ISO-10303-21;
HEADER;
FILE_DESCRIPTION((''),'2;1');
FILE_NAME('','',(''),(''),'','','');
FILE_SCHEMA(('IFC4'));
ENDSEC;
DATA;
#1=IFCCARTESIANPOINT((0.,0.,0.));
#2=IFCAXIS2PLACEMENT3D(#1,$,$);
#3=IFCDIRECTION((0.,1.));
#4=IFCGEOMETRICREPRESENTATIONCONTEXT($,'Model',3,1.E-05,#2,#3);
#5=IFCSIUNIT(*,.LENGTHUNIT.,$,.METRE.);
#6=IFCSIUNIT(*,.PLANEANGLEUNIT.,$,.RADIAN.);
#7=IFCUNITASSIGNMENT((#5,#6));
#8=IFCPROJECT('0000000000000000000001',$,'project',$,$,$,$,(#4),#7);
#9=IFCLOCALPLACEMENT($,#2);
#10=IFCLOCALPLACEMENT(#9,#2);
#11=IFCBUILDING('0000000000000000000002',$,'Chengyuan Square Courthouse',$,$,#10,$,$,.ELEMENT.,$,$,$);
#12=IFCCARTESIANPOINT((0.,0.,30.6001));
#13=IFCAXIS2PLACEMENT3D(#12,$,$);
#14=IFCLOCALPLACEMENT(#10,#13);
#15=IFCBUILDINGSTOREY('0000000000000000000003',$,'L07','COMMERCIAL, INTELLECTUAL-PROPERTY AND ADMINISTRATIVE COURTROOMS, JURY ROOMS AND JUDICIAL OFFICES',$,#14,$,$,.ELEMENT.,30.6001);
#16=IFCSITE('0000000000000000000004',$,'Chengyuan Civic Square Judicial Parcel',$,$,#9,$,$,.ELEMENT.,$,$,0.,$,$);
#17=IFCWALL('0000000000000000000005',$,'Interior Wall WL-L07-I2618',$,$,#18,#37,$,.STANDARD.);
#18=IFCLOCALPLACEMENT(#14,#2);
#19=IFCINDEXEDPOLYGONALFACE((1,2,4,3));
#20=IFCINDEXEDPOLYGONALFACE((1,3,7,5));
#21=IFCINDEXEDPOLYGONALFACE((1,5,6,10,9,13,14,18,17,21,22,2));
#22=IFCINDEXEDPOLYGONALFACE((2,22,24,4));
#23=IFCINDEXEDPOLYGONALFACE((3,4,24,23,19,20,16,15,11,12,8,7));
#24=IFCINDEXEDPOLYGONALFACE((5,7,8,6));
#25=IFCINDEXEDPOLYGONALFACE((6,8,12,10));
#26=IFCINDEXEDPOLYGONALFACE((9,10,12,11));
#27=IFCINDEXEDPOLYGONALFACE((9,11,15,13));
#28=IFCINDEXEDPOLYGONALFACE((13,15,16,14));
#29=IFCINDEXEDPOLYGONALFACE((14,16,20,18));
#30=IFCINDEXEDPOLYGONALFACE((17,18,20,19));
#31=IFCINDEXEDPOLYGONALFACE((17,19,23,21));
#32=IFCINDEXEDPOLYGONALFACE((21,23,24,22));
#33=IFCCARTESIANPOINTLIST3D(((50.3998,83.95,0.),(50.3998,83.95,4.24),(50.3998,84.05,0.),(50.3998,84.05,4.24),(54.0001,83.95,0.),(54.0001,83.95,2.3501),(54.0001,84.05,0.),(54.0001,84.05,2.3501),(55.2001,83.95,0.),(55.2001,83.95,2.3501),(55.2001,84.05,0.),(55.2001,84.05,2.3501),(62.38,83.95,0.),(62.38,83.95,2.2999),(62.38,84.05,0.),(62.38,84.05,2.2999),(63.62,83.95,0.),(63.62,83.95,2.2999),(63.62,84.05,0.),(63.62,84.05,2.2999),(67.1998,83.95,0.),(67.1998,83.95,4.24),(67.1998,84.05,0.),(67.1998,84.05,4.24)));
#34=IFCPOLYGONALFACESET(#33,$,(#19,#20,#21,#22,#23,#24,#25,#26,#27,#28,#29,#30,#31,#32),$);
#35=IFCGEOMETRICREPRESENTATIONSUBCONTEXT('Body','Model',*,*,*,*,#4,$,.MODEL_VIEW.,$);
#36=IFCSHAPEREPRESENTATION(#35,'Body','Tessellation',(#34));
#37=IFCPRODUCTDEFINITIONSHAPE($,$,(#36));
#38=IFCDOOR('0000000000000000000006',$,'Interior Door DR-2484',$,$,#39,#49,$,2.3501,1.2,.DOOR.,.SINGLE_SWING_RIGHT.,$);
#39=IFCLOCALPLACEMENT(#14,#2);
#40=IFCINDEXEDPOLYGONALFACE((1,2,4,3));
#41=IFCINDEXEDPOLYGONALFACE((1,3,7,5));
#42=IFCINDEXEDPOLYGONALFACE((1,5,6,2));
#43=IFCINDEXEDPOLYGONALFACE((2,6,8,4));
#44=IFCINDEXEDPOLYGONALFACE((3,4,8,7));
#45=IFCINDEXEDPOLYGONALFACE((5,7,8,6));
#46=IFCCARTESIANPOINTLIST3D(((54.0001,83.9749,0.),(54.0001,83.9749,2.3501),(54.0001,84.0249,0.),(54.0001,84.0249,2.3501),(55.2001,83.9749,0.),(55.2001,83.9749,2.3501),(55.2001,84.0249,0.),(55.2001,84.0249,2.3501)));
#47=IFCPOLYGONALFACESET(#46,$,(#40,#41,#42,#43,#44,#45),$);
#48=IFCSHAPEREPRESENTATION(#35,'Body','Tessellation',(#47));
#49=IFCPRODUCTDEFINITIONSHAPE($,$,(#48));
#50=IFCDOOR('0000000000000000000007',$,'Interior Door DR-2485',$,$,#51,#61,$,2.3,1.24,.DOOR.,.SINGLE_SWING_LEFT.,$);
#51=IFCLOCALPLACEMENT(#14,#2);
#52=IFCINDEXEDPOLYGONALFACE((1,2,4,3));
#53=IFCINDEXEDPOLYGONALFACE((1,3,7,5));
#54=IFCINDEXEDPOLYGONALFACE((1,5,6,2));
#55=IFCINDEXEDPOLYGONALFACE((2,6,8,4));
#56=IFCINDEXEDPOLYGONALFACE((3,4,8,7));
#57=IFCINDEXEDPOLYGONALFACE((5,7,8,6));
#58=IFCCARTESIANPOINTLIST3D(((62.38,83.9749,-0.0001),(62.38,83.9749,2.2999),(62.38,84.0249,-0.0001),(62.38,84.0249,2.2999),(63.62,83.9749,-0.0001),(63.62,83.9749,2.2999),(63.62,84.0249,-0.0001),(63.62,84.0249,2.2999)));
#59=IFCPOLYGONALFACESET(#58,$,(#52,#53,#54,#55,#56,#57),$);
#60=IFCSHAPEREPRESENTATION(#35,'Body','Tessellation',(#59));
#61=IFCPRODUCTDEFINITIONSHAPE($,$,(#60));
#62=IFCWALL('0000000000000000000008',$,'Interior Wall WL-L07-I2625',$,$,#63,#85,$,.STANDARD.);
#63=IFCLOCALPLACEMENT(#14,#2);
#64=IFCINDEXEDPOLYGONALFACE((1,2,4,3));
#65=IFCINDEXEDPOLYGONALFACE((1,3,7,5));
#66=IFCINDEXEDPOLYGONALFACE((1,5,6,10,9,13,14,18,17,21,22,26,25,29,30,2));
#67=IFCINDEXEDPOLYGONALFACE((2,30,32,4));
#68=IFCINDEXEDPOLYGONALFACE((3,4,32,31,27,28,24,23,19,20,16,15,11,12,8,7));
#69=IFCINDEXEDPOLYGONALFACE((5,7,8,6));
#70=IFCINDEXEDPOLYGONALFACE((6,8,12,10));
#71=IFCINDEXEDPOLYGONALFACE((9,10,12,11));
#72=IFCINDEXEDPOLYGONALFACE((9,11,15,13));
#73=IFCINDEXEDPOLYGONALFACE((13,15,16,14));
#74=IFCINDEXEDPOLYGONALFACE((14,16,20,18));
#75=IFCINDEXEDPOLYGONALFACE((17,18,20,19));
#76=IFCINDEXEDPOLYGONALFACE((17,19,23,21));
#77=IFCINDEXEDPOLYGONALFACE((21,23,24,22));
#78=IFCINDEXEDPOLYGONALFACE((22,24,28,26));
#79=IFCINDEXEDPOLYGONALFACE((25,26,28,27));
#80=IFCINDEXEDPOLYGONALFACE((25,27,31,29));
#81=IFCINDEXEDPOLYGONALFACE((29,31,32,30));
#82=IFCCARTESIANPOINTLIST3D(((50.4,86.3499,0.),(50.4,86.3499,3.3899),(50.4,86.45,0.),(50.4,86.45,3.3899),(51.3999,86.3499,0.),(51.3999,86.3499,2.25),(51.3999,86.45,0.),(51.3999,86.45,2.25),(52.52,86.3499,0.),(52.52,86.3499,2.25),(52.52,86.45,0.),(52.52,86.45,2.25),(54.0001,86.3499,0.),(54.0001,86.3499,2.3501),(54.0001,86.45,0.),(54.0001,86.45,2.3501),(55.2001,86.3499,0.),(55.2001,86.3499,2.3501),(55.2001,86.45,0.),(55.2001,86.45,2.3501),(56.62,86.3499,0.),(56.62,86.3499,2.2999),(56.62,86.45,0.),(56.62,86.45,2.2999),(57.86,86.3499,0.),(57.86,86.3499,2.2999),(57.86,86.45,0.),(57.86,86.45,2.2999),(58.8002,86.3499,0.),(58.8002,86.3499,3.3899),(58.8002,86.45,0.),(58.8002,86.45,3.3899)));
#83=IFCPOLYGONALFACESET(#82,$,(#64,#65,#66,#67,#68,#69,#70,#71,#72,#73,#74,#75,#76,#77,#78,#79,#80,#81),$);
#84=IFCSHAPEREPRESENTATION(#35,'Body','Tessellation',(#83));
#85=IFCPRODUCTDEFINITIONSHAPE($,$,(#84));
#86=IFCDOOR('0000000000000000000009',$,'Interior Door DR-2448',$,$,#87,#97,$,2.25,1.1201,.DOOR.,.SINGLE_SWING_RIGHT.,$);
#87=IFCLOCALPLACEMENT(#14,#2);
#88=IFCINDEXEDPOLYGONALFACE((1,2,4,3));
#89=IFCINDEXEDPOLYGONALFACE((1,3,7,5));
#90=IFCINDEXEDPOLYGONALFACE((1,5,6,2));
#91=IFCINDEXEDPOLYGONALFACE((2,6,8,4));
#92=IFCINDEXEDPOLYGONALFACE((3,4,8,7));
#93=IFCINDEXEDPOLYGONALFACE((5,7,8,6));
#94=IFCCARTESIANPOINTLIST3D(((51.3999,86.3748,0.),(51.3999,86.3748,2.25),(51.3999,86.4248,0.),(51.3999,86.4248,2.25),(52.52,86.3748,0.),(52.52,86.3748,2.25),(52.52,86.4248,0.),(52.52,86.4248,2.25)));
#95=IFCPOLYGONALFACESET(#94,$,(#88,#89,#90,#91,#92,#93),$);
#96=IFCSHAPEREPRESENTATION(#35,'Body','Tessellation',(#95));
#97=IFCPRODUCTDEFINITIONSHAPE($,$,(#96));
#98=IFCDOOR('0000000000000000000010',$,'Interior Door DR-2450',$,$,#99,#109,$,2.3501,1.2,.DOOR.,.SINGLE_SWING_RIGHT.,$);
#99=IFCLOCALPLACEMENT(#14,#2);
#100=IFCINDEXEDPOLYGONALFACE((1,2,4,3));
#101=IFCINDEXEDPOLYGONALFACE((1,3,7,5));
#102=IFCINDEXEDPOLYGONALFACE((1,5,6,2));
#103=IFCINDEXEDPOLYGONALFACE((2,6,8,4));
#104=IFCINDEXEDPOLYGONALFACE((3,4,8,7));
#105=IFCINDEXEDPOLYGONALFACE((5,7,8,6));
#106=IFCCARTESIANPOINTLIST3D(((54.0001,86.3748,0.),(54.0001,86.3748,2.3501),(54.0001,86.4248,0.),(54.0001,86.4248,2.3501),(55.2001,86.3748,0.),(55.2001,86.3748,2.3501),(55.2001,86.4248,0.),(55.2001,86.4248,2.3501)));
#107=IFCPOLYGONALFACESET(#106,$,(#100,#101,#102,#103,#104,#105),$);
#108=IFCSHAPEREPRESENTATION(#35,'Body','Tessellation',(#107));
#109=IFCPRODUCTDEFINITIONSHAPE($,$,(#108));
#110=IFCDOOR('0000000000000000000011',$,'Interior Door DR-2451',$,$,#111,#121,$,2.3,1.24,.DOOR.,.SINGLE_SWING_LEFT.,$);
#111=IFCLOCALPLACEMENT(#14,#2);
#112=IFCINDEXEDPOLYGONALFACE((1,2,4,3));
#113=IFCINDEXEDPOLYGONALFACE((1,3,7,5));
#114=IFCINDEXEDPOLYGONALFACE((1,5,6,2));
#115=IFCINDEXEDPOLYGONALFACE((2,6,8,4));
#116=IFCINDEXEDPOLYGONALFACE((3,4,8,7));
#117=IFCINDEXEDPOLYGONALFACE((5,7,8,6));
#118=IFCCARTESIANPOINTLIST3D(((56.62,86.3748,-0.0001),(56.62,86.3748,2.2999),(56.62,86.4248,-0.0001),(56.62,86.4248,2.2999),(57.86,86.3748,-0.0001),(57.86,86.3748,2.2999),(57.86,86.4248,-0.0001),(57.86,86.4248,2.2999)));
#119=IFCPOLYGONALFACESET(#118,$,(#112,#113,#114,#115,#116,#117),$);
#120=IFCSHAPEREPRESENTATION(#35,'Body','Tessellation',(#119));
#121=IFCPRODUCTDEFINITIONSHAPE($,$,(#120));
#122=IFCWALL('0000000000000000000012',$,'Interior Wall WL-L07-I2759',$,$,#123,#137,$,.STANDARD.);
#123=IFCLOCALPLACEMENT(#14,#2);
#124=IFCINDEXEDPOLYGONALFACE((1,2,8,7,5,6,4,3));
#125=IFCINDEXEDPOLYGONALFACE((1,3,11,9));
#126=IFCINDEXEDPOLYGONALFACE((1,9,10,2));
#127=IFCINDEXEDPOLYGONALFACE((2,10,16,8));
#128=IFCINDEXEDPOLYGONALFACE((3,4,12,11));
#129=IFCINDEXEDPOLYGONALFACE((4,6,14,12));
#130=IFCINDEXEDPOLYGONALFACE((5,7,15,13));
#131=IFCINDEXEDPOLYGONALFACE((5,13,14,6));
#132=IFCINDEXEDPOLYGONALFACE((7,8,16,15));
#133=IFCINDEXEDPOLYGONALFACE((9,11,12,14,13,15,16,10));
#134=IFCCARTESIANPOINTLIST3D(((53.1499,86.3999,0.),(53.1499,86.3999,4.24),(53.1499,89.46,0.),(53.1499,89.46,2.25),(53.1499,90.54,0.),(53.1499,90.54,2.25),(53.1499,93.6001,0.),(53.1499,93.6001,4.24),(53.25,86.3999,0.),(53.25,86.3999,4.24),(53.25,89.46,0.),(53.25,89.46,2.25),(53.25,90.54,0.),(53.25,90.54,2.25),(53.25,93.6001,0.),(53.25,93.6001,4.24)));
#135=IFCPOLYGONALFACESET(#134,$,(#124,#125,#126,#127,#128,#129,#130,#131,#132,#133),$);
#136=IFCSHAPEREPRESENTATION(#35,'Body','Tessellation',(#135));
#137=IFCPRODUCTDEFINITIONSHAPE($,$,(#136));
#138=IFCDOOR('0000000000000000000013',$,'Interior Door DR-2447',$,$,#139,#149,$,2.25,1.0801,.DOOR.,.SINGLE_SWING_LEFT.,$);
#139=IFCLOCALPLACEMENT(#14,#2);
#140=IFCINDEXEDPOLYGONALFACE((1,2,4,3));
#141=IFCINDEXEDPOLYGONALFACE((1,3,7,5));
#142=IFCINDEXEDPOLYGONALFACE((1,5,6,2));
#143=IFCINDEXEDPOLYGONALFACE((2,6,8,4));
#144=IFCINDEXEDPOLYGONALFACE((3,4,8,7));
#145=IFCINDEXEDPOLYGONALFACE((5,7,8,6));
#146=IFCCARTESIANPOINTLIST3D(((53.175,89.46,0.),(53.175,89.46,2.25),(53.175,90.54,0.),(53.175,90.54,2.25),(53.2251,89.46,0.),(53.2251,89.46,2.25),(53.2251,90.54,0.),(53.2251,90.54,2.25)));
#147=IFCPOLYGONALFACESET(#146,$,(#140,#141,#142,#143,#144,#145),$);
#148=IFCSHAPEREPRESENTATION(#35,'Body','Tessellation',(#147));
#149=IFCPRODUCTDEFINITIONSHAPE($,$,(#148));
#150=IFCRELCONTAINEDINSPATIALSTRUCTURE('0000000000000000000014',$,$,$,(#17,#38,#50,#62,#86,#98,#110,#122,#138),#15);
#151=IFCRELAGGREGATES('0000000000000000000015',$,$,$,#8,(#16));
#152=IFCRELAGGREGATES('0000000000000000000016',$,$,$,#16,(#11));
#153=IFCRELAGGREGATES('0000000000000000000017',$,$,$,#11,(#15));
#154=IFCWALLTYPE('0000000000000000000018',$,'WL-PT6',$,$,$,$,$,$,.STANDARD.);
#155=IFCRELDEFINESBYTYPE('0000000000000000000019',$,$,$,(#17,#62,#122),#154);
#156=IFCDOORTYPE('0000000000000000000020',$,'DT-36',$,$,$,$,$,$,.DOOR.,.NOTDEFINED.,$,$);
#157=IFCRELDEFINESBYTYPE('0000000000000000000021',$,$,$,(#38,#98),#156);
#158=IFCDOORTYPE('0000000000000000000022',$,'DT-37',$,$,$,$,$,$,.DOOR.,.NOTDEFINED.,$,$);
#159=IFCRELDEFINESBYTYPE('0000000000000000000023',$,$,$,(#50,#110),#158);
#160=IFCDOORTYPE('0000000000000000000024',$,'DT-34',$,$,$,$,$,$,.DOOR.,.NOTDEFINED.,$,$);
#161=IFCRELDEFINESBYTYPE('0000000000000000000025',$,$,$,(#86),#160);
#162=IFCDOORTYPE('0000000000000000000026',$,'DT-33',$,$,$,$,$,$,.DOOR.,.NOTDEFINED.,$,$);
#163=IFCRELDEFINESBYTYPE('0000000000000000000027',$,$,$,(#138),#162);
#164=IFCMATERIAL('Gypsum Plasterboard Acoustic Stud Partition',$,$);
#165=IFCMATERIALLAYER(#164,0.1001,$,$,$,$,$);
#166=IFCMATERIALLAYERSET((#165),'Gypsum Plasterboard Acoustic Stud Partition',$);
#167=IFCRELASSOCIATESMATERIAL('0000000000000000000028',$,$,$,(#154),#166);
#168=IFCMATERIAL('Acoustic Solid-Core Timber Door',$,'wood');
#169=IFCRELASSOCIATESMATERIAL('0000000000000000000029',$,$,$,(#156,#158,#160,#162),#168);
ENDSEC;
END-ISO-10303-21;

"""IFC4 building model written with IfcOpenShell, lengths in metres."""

from ifc_helpers import new_model, si_unit, direction, frame, frame_2d, origin, place, context, subcontext, project, spatial, rectangle, extrude, material, layer, layer_set, type_object, element, fill, save


model = new_model("IFC4")

# Units and contexts
model_context = context("Model", 3, precision=1e-05, world=origin(), true_north=direction((0.0, 1.0)))
body_context = subcontext(model_context, "Body", "Model", "MODEL_VIEW")
ifc_project = project(units=[si_unit("LENGTHUNIT", "METRE"), si_unit("PLANEANGLEUNIT", "RADIAN")], contexts=[model_context])

# Site, building, storey
site_placement = place(None, origin())
site = spatial("IfcSite", under=ifc_project, at=site_placement, Name="Chengyuan Civic Square Judicial Parcel", CompositionType="ELEMENT", RefElevation=0.0)
building_placement = place(site_placement, origin())
building = spatial("IfcBuilding", under=site, at=building_placement, Name="Chengyuan Square Courthouse", CompositionType="ELEMENT")
storey_placement = place(building_placement, frame((0.0, 0.0, 30.6001)))
storey = spatial("IfcBuildingStorey", under=building, at=storey_placement, Name="L07", Description="COMMERCIAL, INTELLECTUAL-PROPERTY AND ADMINISTRATIVE COURTROOMS, JURY ROOMS AND JUDICIAL OFFICES", CompositionType="ELEMENT", Elevation=30.6001)

# Walls, openings, doors
ifc_material_1 = material(Name="Gypsum Plasterboard Acoustic Stud Partition")
ifc_layer_1 = layer(ifc_material_1, 0.1001)
ifc_layer_set_1 = layer_set([ifc_layer_1], Name="Gypsum Plasterboard Acoustic Stud Partition")
wall_type_1 = type_object("IfcWallType", Name="WL-PT6", PredefinedType="STANDARD", material=ifc_layer_set_1)
wall_1_placement = place(storey_placement, frame((50.3999, 84.0, 0.0), z_axis=(0.0, 0.0, 1.0), x_axis=(1.0, 0.0, 0.0)))
wall_1 = element("IfcWall", 1, at=wall_1_placement, inside=storey, type_object=wall_type_1, Name="Interior Wall WL-L07-I2618", PredefinedType="STANDARD", context=body_context, shape_type="SweptSolid", body=[
    extrude(rectangle(XDim=16.8, YDim=0.1001, at=frame_2d((8.3999, 0.0))), origin(), (0.0, 0.0, 1.0), 4.24),
])
opening_1_placement = place(wall_1_placement, frame((3.6001, 0.0, 0.0)))
opening_1 = element("IfcOpeningElement", 2, at=opening_1_placement, cuts=wall_1, PredefinedType="OPENING", context=body_context, shape_type="SweptSolid", body=[
    extrude(rectangle(XDim=1.2, YDim=2.3501, at=frame_2d((0.6001, 1.175))), frame((0.0, 0.062, 0.0), z_axis=(0.0, -1.0, 0.0), x_axis=(1.0, 0.0, 0.0)), (0.0, 0.0, 1.0), 0.124),
])
opening_2_placement = place(wall_1_placement, frame((11.98, 0.0, 0.0)))
opening_2 = element("IfcOpeningElement", 3, at=opening_2_placement, cuts=wall_1, PredefinedType="OPENING", context=body_context, shape_type="SweptSolid", body=[
    extrude(rectangle(XDim=1.24, YDim=2.3, at=frame_2d((0.6201, 1.1499))), frame((0.0, 0.062, 0.0), z_axis=(0.0, -1.0, 0.0), x_axis=(1.0, 0.0, 0.0)), (0.0, 0.0, 1.0), 0.124),
])
ifc_material_2 = material(Name="Acoustic Solid-Core Timber Door", Category="wood")
door_type_1 = type_object("IfcDoorType", Name="DT-36", OperationType="NOTDEFINED", PredefinedType="DOOR", material=ifc_material_2)
door_1_placement = place(opening_1_placement, origin())
door_1 = element("IfcDoor", 4, at=door_1_placement, inside=storey, type_object=door_type_1, Name="Interior Door DR-2484", OperationType="SINGLE_SWING_RIGHT", OverallHeight=2.3501, OverallWidth=1.2, PredefinedType="DOOR", context=body_context, shape_type="SweptSolid", body=[
    extrude(rectangle(XDim=1.2, YDim=2.3501, at=frame_2d((0.6001, 1.175))), frame((0.0, 0.0249, 0.0), z_axis=(0.0, -1.0, 0.0), x_axis=(1.0, 0.0, 0.0)), (0.0, 0.0, 1.0), 0.05),
])
fill(opening_1, door_1)
door_type_2 = type_object("IfcDoorType", Name="DT-37", OperationType="NOTDEFINED", PredefinedType="DOOR", material=ifc_material_2)
door_2_placement = place(opening_2_placement, origin())
door_2 = element("IfcDoor", 5, at=door_2_placement, inside=storey, type_object=door_type_2, Name="Interior Door DR-2485", OperationType="SINGLE_SWING_LEFT", OverallHeight=2.3, OverallWidth=1.24, PredefinedType="DOOR", context=body_context, shape_type="SweptSolid", body=[
    extrude(rectangle(XDim=1.24, YDim=2.3, at=frame_2d((0.6201, 1.1499))), frame((0.0, 0.0249, 0.0), z_axis=(0.0, -1.0, 0.0), x_axis=(1.0, 0.0, 0.0)), (0.0, 0.0, 1.0), 0.05),
])
fill(opening_2, door_2)
wall_2_placement = place(storey_placement, frame((50.3999, 86.3999, 0.0), z_axis=(0.0, 0.0, 1.0), x_axis=(1.0, 0.0, 0.0)))
wall_2 = element("IfcWall", 6, at=wall_2_placement, inside=storey, type_object=wall_type_1, Name="Interior Wall WL-L07-I2625", PredefinedType="STANDARD", context=body_context, shape_type="SweptSolid", body=[
    extrude(rectangle(XDim=8.4001, YDim=0.1001, at=frame_2d((4.2002, 0.0))), origin(), (0.0, 0.0, 1.0), 3.3899),
])
opening_3_placement = place(wall_2_placement, frame((1.0, 0.0, 0.0)))
opening_3 = element("IfcOpeningElement", 7, at=opening_3_placement, cuts=wall_2, PredefinedType="OPENING", context=body_context, shape_type="SweptSolid", body=[
    extrude(rectangle(XDim=1.1201, YDim=2.25, at=frame_2d((0.5601, 1.125))), frame((0.0, 0.062, 0.0), z_axis=(0.0, -1.0, 0.0), x_axis=(1.0, 0.0, 0.0)), (0.0, 0.0, 1.0), 0.124),
])
opening_4_placement = place(wall_2_placement, frame((3.6001, 0.0, 0.0)))
opening_4 = element("IfcOpeningElement", 8, at=opening_4_placement, cuts=wall_2, PredefinedType="OPENING", context=body_context, shape_type="SweptSolid", body=[
    extrude(rectangle(XDim=1.2, YDim=2.3501, at=frame_2d((0.6001, 1.175))), frame((0.0, 0.062, 0.0), z_axis=(0.0, -1.0, 0.0), x_axis=(1.0, 0.0, 0.0)), (0.0, 0.0, 1.0), 0.124),
])
opening_5_placement = place(wall_2_placement, frame((6.22, 0.0, 0.0)))
opening_5 = element("IfcOpeningElement", 9, at=opening_5_placement, cuts=wall_2, PredefinedType="OPENING", context=body_context, shape_type="SweptSolid", body=[
    extrude(rectangle(XDim=1.24, YDim=2.3, at=frame_2d((0.6201, 1.1499))), frame((0.0, 0.062, 0.0), z_axis=(0.0, -1.0, 0.0), x_axis=(1.0, 0.0, 0.0)), (0.0, 0.0, 1.0), 0.124),
])
door_type_3 = type_object("IfcDoorType", Name="DT-34", OperationType="NOTDEFINED", PredefinedType="DOOR", material=ifc_material_2)
door_3_placement = place(opening_3_placement, origin())
door_3 = element("IfcDoor", 10, at=door_3_placement, inside=storey, type_object=door_type_3, Name="Interior Door DR-2448", OperationType="SINGLE_SWING_RIGHT", OverallHeight=2.25, OverallWidth=1.1201, PredefinedType="DOOR", context=body_context, shape_type="SweptSolid", body=[
    extrude(rectangle(XDim=1.1201, YDim=2.25, at=frame_2d((0.5601, 1.125))), frame((0.0, 0.0249, 0.0), z_axis=(0.0, -1.0, 0.0), x_axis=(1.0, 0.0, 0.0)), (0.0, 0.0, 1.0), 0.05),
])
fill(opening_3, door_3)
door_4_placement = place(opening_4_placement, origin())
door_4 = element("IfcDoor", 11, at=door_4_placement, inside=storey, type_object=door_type_1, Name="Interior Door DR-2450", OperationType="SINGLE_SWING_RIGHT", OverallHeight=2.3501, OverallWidth=1.2, PredefinedType="DOOR", context=body_context, shape_type="SweptSolid", body=[
    extrude(rectangle(XDim=1.2, YDim=2.3501, at=frame_2d((0.6001, 1.175))), frame((0.0, 0.0249, 0.0), z_axis=(0.0, -1.0, 0.0), x_axis=(1.0, 0.0, 0.0)), (0.0, 0.0, 1.0), 0.05),
])
fill(opening_4, door_4)
door_5_placement = place(opening_5_placement, origin())
door_5 = element("IfcDoor", 12, at=door_5_placement, inside=storey, type_object=door_type_2, Name="Interior Door DR-2451", OperationType="SINGLE_SWING_LEFT", OverallHeight=2.3, OverallWidth=1.24, PredefinedType="DOOR", context=body_context, shape_type="SweptSolid", body=[
    extrude(rectangle(XDim=1.24, YDim=2.3, at=frame_2d((0.6201, 1.1499))), frame((0.0, 0.0249, 0.0), z_axis=(0.0, -1.0, 0.0), x_axis=(1.0, 0.0, 0.0)), (0.0, 0.0, 1.0), 0.05),
])
fill(opening_5, door_5)

# Wall, opening, door
wall_3_placement = place(storey_placement, frame((53.2, 86.3999, 0.0), z_axis=(0.0, 0.0, 1.0), x_axis=(0.0, 1.0, 0.0)))
wall_3 = element("IfcWall", 13, at=wall_3_placement, inside=storey, type_object=wall_type_1, Name="Interior Wall WL-L07-I2759", PredefinedType="STANDARD", context=body_context, shape_type="SweptSolid", body=[
    extrude(rectangle(XDim=7.2002, YDim=0.1001, at=frame_2d((3.6001, 0.0))), origin(), (0.0, 0.0, 1.0), 4.24),
])
opening_6_placement = place(wall_3_placement, frame((3.0601, 0.0, 0.0)))
opening_6 = element("IfcOpeningElement", 14, at=opening_6_placement, cuts=wall_3, PredefinedType="OPENING", context=body_context, shape_type="SweptSolid", body=[
    extrude(rectangle(XDim=1.0801, YDim=2.25, at=frame_2d((0.54, 1.125))), frame((0.0, 0.062, 0.0), z_axis=(0.0, -1.0, 0.0), x_axis=(1.0, 0.0, 0.0)), (0.0, 0.0, 1.0), 0.124),
])
door_type_4 = type_object("IfcDoorType", Name="DT-33", OperationType="NOTDEFINED", PredefinedType="DOOR", material=ifc_material_2)
door_6_placement = place(opening_6_placement, origin())
door_6 = element("IfcDoor", 15, at=door_6_placement, inside=storey, type_object=door_type_4, Name="Interior Door DR-2447", OperationType="SINGLE_SWING_LEFT", OverallHeight=2.25, OverallWidth=1.0801, PredefinedType="DOOR", context=body_context, shape_type="SweptSolid", body=[
    extrude(rectangle(XDim=1.0801, YDim=2.25, at=frame_2d((0.54, 1.125))), frame((0.0, 0.0249, 0.0), z_axis=(0.0, -1.0, 0.0), x_axis=(1.0, 0.0, 0.0)), (0.0, 0.0, 1.0), 0.05),
])
fill(opening_6, door_6)

save(model, "model.ifc")
